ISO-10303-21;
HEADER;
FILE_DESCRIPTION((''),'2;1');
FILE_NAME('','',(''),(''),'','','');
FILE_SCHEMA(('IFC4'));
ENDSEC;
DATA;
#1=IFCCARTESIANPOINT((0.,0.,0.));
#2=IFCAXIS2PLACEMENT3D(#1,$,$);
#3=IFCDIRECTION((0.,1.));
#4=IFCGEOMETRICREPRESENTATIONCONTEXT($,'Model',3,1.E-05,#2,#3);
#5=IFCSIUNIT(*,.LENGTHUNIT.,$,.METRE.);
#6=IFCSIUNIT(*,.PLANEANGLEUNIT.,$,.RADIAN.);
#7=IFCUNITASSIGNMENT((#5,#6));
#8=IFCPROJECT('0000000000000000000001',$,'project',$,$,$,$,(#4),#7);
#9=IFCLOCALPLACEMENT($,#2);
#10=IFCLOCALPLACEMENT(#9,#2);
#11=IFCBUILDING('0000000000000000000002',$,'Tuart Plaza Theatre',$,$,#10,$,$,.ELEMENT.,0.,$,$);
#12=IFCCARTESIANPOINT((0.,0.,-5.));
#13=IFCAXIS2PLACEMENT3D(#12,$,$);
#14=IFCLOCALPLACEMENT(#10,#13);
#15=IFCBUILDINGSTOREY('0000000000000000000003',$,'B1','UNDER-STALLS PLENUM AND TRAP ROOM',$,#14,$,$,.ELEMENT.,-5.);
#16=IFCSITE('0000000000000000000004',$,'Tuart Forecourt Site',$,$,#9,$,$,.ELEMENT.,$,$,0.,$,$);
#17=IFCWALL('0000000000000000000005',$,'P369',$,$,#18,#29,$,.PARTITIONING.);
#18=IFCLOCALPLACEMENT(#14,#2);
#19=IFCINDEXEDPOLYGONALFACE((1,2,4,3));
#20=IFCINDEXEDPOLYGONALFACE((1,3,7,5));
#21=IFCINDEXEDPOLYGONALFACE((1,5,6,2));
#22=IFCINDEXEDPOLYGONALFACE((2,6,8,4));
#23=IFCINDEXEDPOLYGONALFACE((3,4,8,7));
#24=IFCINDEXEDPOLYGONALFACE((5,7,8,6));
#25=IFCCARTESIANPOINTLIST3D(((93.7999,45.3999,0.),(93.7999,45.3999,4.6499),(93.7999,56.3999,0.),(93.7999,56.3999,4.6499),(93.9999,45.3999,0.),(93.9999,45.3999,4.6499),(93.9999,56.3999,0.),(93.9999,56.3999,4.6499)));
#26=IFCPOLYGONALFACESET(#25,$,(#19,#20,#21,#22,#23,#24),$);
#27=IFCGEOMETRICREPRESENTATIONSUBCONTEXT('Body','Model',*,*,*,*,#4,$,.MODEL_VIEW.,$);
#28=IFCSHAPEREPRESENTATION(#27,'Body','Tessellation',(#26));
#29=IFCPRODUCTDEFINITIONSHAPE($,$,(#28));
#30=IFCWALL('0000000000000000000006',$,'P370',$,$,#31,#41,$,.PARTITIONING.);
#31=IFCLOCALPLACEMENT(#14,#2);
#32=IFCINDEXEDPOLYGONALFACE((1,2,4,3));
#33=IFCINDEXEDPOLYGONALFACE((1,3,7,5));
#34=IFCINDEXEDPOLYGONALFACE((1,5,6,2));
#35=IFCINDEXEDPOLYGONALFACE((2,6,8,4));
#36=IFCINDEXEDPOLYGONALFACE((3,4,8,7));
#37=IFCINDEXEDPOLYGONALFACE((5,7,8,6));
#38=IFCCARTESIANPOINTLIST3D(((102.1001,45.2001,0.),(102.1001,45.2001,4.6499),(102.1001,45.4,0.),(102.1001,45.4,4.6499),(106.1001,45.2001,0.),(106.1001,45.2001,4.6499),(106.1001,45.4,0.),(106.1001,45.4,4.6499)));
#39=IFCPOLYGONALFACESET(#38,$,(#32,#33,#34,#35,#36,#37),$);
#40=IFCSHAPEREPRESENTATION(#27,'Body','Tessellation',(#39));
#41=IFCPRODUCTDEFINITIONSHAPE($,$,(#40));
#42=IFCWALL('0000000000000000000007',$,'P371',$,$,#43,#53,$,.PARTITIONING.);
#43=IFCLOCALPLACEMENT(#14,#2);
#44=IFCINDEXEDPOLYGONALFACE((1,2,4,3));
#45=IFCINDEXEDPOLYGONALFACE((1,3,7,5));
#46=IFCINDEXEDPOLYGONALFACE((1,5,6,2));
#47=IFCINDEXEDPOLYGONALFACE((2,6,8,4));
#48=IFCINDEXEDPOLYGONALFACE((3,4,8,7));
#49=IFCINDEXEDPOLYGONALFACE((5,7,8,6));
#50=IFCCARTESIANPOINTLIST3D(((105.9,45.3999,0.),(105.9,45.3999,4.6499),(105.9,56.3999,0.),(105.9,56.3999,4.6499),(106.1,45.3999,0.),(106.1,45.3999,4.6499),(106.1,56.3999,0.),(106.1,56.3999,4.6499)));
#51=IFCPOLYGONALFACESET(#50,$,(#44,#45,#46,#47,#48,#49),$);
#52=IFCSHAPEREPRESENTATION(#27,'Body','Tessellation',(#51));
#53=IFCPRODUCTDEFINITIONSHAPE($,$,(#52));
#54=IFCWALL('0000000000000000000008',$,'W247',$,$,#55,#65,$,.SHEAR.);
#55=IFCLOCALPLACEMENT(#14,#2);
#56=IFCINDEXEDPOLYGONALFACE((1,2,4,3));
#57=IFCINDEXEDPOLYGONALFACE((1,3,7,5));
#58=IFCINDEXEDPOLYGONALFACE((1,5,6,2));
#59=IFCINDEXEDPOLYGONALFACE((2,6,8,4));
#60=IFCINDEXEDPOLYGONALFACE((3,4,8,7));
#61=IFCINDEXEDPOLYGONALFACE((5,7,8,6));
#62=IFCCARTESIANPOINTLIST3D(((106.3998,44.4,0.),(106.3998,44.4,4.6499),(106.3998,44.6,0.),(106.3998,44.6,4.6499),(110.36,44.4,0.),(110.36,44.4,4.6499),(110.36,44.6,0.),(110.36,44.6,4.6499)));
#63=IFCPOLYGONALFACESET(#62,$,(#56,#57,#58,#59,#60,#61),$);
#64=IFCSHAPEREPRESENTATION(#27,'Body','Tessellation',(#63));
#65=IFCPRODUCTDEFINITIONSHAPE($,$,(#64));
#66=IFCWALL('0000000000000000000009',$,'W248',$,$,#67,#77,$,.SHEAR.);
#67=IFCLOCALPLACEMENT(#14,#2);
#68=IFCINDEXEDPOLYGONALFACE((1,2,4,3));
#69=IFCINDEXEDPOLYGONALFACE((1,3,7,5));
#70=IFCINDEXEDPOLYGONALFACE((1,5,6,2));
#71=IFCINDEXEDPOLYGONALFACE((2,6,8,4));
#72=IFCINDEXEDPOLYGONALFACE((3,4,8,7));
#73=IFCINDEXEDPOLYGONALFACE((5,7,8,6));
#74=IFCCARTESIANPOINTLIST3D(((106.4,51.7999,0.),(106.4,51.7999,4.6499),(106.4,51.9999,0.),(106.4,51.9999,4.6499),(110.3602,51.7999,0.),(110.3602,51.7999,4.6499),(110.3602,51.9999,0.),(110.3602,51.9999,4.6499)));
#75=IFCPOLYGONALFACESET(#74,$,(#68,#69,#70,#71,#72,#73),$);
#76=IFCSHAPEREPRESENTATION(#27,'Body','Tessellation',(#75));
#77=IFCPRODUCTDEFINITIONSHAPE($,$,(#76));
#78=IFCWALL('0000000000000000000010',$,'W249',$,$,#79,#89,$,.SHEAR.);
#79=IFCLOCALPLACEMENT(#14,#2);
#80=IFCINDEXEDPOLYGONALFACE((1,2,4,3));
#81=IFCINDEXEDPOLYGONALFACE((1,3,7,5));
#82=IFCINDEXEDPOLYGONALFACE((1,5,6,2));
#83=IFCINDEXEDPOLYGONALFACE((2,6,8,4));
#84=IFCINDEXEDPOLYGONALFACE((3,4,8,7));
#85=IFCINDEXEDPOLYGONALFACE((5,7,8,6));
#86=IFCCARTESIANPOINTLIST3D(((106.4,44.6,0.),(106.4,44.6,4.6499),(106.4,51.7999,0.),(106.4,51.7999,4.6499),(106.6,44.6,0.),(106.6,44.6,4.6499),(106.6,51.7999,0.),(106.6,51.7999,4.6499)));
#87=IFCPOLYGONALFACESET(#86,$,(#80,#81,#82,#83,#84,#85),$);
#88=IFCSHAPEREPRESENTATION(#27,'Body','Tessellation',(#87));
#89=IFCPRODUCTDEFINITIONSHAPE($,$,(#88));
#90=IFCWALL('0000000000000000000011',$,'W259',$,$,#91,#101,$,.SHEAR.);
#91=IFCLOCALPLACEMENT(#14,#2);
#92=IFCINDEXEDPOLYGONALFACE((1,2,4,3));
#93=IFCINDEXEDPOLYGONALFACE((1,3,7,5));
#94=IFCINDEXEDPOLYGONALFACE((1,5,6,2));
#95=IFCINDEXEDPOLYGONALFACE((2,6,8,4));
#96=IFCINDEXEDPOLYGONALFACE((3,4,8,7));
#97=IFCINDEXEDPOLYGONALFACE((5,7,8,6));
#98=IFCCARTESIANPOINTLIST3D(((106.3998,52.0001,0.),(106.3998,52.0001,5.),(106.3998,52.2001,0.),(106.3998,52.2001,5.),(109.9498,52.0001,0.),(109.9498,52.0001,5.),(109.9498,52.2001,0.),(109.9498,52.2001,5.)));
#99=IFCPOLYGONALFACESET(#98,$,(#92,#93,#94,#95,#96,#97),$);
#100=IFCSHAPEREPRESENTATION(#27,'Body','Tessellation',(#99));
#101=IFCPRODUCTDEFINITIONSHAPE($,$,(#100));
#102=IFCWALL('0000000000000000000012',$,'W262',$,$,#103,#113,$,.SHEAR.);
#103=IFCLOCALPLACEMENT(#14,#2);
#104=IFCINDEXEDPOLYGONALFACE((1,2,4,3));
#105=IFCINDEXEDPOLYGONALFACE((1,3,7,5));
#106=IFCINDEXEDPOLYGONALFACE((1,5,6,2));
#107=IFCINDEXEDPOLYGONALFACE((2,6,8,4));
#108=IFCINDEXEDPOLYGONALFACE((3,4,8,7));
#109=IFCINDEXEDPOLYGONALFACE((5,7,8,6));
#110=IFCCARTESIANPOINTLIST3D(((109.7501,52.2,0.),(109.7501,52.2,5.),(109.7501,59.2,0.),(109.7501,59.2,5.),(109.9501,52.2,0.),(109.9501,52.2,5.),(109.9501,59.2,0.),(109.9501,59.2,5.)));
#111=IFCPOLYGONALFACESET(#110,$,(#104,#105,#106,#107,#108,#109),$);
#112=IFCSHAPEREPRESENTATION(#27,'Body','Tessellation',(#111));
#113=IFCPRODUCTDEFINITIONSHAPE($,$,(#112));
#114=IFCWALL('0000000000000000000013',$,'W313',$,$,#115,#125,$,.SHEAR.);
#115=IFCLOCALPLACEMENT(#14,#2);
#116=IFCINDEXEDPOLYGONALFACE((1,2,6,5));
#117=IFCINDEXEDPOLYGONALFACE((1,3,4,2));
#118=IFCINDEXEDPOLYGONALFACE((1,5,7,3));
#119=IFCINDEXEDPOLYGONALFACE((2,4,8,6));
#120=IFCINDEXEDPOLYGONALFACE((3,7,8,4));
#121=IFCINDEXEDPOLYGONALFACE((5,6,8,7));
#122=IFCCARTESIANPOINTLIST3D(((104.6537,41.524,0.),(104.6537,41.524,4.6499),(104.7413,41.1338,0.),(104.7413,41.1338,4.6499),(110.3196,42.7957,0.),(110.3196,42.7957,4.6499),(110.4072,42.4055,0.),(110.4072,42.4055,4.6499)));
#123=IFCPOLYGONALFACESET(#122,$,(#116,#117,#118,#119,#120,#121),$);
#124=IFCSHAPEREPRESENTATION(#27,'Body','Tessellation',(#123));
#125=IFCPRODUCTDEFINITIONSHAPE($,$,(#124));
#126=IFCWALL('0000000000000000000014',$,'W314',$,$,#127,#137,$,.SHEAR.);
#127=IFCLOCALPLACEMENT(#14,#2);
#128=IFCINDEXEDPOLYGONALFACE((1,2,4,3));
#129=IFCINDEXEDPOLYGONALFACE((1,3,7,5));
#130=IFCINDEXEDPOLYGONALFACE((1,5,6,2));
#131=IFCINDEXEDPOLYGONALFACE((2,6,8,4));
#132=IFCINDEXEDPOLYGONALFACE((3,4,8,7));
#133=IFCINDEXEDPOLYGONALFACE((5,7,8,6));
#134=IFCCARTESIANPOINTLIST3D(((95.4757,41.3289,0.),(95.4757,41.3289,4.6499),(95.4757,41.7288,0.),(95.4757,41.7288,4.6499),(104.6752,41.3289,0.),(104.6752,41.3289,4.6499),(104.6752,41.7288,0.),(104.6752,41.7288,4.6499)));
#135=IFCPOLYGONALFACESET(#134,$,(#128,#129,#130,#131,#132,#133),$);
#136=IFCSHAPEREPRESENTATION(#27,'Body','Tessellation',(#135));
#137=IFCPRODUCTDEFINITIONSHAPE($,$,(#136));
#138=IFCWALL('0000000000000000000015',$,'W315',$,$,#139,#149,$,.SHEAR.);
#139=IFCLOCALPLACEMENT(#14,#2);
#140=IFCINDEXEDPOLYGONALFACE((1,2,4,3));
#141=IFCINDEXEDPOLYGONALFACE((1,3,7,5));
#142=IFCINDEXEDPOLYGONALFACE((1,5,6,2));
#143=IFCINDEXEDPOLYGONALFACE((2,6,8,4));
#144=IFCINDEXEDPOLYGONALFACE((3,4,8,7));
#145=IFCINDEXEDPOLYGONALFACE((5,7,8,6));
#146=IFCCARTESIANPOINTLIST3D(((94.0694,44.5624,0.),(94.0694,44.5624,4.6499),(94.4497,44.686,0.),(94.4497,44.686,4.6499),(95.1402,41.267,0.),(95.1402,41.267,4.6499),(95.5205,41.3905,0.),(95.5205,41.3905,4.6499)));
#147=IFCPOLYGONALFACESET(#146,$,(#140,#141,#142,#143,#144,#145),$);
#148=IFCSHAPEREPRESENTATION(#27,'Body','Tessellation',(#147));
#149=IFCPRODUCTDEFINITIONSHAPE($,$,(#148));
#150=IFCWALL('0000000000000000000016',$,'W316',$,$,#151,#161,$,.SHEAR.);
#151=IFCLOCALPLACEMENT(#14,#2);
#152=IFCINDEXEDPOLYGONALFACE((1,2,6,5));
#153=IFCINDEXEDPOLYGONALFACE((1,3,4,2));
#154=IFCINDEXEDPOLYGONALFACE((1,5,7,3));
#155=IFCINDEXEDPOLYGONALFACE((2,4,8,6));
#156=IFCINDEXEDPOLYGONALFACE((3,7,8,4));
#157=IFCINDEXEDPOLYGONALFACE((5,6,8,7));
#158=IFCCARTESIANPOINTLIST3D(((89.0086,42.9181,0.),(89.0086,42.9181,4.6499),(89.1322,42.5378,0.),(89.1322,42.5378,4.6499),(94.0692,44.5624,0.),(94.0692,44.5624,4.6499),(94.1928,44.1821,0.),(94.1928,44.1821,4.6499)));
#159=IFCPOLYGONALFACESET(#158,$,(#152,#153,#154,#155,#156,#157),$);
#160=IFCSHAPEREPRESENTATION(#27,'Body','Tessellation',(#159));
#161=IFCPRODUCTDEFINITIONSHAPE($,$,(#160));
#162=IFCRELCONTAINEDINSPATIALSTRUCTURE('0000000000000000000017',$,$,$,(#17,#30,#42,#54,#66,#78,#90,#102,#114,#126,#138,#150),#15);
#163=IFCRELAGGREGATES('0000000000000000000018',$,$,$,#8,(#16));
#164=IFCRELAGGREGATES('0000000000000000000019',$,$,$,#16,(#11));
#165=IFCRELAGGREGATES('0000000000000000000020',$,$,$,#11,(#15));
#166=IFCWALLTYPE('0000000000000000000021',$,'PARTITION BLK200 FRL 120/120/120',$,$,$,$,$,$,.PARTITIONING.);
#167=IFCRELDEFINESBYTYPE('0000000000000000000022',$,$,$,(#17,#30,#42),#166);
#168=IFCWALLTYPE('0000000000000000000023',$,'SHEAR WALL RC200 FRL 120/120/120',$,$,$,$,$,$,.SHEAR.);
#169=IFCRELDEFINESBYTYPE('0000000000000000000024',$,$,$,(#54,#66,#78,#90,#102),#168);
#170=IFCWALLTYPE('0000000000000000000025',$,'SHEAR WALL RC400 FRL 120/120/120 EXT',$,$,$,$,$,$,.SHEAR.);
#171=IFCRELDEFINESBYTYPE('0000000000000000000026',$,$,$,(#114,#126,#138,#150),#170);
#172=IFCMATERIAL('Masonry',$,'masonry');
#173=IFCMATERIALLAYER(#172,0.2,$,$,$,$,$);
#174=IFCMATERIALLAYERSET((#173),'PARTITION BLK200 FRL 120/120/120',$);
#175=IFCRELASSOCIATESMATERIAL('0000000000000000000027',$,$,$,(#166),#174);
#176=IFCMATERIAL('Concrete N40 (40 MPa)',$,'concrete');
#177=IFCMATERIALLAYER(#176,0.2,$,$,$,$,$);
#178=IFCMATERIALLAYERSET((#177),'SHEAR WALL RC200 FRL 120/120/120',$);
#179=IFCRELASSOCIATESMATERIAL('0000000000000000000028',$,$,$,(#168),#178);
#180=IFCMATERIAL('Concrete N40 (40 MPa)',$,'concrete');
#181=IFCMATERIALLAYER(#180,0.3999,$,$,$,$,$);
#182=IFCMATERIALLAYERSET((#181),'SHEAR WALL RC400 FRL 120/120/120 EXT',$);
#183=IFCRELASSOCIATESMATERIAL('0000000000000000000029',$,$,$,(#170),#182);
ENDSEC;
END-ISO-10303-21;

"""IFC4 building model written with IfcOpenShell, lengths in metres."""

from ifc_helpers import new_model, si_unit, direction, frame, frame_2d, origin, place, context, subcontext, project, spatial, rectangle, extrude, material, layer, layer_set, type_object, element, save


model = new_model("IFC4")

# Units and contexts
model_context = context("Model", 3, precision=1e-05, world=origin(), true_north=direction((0.0, 1.0)))
body_context = subcontext(model_context, "Body", "Model", "MODEL_VIEW")
ifc_project = project(units=[si_unit("LENGTHUNIT", "METRE"), si_unit("PLANEANGLEUNIT", "RADIAN")], contexts=[model_context])

# Site, building, storey
site_placement = place(None, origin())
site = spatial("IfcSite", under=ifc_project, at=site_placement, Name="Tuart Forecourt Site", CompositionType="ELEMENT", RefElevation=0.0)
building_placement = place(site_placement, origin())
building = spatial("IfcBuilding", under=site, at=building_placement, Name="Tuart Plaza Theatre", CompositionType="ELEMENT", ElevationOfRefHeight=0.0)
storey_placement = place(building_placement, frame((0.0, 0.0, -5.0)))
storey = spatial("IfcBuildingStorey", under=building, at=storey_placement, Name="B1", Description="UNDER-STALLS PLENUM AND TRAP ROOM", CompositionType="ELEMENT", Elevation=-5.0)

# Walls
ifc_material_1 = material(Name="Masonry", Category="masonry")
ifc_layer_1 = layer(ifc_material_1, 0.2)
ifc_layer_set_1 = layer_set([ifc_layer_1], Name="PARTITION BLK200 FRL 120/120/120")
wall_type_1 = type_object("IfcWallType", Name="PARTITION BLK200 FRL 120/120/120", PredefinedType="PARTITIONING", material=ifc_layer_set_1)
for number, where, z_axis, x_axis, name in (
    (1, (93.8999, 56.3999, 0.0), (0.0, 0.0, 1.0), (0.0, -1.0, 0.0), "P369"),
):
    element("IfcWall", number, at=place(storey_placement, frame(where, z_axis=z_axis, x_axis=x_axis)), inside=storey, type_object=wall_type_1, Name=name, PredefinedType="PARTITIONING", context=body_context, shape_type="SweptSolid", body=[
        extrude(rectangle(XDim=11.0, YDim=0.2, at=frame_2d((5.5, 0.0))), origin(), (0.0, 0.0, 1.0), 4.6499),
    ])
wall_1_placement = place(storey_placement, frame((102.1001, 45.3, 0.0), z_axis=(0.0, 0.0, 1.0), x_axis=(1.0, 0.0, 0.0)))
element("IfcWall", 2, at=wall_1_placement, inside=storey, type_object=wall_type_1, Name="P370", PredefinedType="PARTITIONING", context=body_context, shape_type="SweptSolid", body=[
    extrude(rectangle(XDim=4.0, YDim=0.2, at=frame_2d((2.0, 0.0))), origin(), (0.0, 0.0, 1.0), 4.6499),
])
wall_2_placement = place(storey_placement, frame((106.0, 45.3999, 0.0), z_axis=(0.0, 0.0, 1.0), x_axis=(0.0, 1.0, 0.0)))
element("IfcWall", 3, at=wall_2_placement, inside=storey, type_object=wall_type_1, Name="P371", PredefinedType="PARTITIONING", context=body_context, shape_type="SweptSolid", body=[
    extrude(rectangle(XDim=11.0, YDim=0.2, at=frame_2d((5.5, 0.0))), origin(), (0.0, 0.0, 1.0), 4.6499),
])
ifc_material_2 = material(Name="Concrete N40 (40 MPa)", Category="concrete")
ifc_layer_2 = layer(ifc_material_2, 0.2)
ifc_layer_set_2 = layer_set([ifc_layer_2], Name="SHEAR WALL RC200 FRL 120/120/120")
wall_type_2 = type_object("IfcWallType", Name="SHEAR WALL RC200 FRL 120/120/120", PredefinedType="SHEAR", material=ifc_layer_set_2)
for number, where, z_axis, x_axis, name in (
    (4, (106.3999, 44.5, 0.0), (0.0, 0.0, 1.0), (1.0, 0.0, 0.0), "W247"),
    (5, (110.3601, 51.8999, 0.0), (0.0, 0.0, 1.0), (-1.0, 0.0, 0.0), "W248"),
):
    element("IfcWall", number, at=place(storey_placement, frame(where, z_axis=z_axis, x_axis=x_axis)), inside=storey, type_object=wall_type_2, Name=name, PredefinedType="SHEAR", context=body_context, shape_type="SweptSolid", body=[
        extrude(rectangle(XDim=3.9602, YDim=0.2, at=frame_2d((1.98, 0.0))), origin(), (0.0, 0.0, 1.0), 4.6499),
    ])
wall_3_placement = place(storey_placement, frame((106.5, 51.8, 0.0), z_axis=(0.0, 0.0, 1.0), x_axis=(0.0, -1.0, 0.0)))
element("IfcWall", 6, at=wall_3_placement, inside=storey, type_object=wall_type_2, Name="W249", PredefinedType="SHEAR", context=body_context, shape_type="SweptSolid", body=[
    extrude(rectangle(XDim=7.2, YDim=0.2, at=frame_2d((3.6001, 0.0))), origin(), (0.0, 0.0, 1.0), 4.6499),
])
wall_4_placement = place(storey_placement, frame((106.3999, 52.1001, 0.0), z_axis=(0.0, 0.0, 1.0), x_axis=(1.0, 0.0, 0.0)))
element("IfcWall", 7, at=wall_4_placement, inside=storey, type_object=wall_type_2, Name="W259", PredefinedType="SHEAR", context=body_context, shape_type="SweptSolid", body=[
    extrude(rectangle(XDim=3.55, YDim=0.2, at=frame_2d((1.7749, 0.0))), origin(), (0.0, 0.0, 1.0), 5.0),
])
wall_5_placement = place(storey_placement, frame((109.8501, 52.2, 0.0), z_axis=(0.0, 0.0, 1.0), x_axis=(0.0, 1.0, 0.0)))
element("IfcWall", 8, at=wall_5_placement, inside=storey, type_object=wall_type_2, Name="W262", PredefinedType="SHEAR", context=body_context, shape_type="SweptSolid", body=[
    extrude(rectangle(XDim=7.0, YDim=0.2, at=frame_2d((3.5, 0.0))), origin(), (0.0, 0.0, 1.0), 5.0),
])
ifc_material_3 = material(Name="Concrete N40 (40 MPa)", Category="concrete")
ifc_layer_3 = layer(ifc_material_3, 0.3999)
ifc_layer_set_3 = layer_set([ifc_layer_3], Name="SHEAR WALL RC400 FRL 120/120/120 EXT")
wall_type_3 = type_object("IfcWallType", Name="SHEAR WALL RC400 FRL 120/120/120 EXT", PredefinedType="SHEAR", material=ifc_layer_set_3)
wall_6_placement = place(storey_placement, frame((110.3633, 42.6006, 0.0), z_axis=(0.0, 0.0, 1.0), x_axis=(-0.975725, -0.219, 0.0)))
element("IfcWall", 9, at=wall_6_placement, inside=storey, type_object=wall_type_3, Name="W313", PredefinedType="SHEAR", context=body_context, shape_type="SweptSolid", body=[
    extrude(rectangle(XDim=5.8069, YDim=0.3999, at=frame_2d((2.9033, 0.0))), origin(), (0.0, 0.0, 1.0), 4.6499),
])
wall_7_placement = place(storey_placement, frame((104.675, 41.5288, 0.0), z_axis=(0.0, 0.0, 1.0), x_axis=(-1.0, 0.0, 0.0)))
element("IfcWall", 10, at=wall_7_placement, inside=storey, type_object=wall_type_3, Name="W314", PredefinedType="SHEAR", context=body_context, shape_type="SweptSolid", body=[
    extrude(rectangle(XDim=9.1995, YDim=0.3999, at=frame_2d((4.5996, 0.0))), origin(), (0.0, 0.0, 1.0), 4.6499),
])
wall_8_placement = place(storey_placement, frame((95.3303, 41.3289, 0.0), z_axis=(0.0, 0.0, 1.0), x_axis=(-0.309032, 0.951052, 0.0)))
element("IfcWall", 11, at=wall_8_placement, inside=storey, type_object=wall_type_3, Name="W315", PredefinedType="SHEAR", context=body_context, shape_type="SweptSolid", body=[
    extrude(rectangle(XDim=3.4651, YDim=0.3999, at=frame_2d((1.7324, 0.0))), origin(), (0.0, 0.0, 1.0), 4.6499),
])
wall_9_placement = place(storey_placement, frame((94.1311, 44.3723, 0.0), z_axis=(0.0, 0.0, 1.0), x_axis=(-0.951056, -0.30902, 0.0)))
element("IfcWall", 12, at=wall_9_placement, inside=storey, type_object=wall_type_3, Name="W316", PredefinedType="SHEAR", context=body_context, shape_type="SweptSolid", body=[
    extrude(rectangle(XDim=5.321, YDim=0.3999, at=frame_2d((2.6606, 0.0))), origin(), (0.0, 0.0, 1.0), 4.6499),
])

save(model, "model.ifc")
